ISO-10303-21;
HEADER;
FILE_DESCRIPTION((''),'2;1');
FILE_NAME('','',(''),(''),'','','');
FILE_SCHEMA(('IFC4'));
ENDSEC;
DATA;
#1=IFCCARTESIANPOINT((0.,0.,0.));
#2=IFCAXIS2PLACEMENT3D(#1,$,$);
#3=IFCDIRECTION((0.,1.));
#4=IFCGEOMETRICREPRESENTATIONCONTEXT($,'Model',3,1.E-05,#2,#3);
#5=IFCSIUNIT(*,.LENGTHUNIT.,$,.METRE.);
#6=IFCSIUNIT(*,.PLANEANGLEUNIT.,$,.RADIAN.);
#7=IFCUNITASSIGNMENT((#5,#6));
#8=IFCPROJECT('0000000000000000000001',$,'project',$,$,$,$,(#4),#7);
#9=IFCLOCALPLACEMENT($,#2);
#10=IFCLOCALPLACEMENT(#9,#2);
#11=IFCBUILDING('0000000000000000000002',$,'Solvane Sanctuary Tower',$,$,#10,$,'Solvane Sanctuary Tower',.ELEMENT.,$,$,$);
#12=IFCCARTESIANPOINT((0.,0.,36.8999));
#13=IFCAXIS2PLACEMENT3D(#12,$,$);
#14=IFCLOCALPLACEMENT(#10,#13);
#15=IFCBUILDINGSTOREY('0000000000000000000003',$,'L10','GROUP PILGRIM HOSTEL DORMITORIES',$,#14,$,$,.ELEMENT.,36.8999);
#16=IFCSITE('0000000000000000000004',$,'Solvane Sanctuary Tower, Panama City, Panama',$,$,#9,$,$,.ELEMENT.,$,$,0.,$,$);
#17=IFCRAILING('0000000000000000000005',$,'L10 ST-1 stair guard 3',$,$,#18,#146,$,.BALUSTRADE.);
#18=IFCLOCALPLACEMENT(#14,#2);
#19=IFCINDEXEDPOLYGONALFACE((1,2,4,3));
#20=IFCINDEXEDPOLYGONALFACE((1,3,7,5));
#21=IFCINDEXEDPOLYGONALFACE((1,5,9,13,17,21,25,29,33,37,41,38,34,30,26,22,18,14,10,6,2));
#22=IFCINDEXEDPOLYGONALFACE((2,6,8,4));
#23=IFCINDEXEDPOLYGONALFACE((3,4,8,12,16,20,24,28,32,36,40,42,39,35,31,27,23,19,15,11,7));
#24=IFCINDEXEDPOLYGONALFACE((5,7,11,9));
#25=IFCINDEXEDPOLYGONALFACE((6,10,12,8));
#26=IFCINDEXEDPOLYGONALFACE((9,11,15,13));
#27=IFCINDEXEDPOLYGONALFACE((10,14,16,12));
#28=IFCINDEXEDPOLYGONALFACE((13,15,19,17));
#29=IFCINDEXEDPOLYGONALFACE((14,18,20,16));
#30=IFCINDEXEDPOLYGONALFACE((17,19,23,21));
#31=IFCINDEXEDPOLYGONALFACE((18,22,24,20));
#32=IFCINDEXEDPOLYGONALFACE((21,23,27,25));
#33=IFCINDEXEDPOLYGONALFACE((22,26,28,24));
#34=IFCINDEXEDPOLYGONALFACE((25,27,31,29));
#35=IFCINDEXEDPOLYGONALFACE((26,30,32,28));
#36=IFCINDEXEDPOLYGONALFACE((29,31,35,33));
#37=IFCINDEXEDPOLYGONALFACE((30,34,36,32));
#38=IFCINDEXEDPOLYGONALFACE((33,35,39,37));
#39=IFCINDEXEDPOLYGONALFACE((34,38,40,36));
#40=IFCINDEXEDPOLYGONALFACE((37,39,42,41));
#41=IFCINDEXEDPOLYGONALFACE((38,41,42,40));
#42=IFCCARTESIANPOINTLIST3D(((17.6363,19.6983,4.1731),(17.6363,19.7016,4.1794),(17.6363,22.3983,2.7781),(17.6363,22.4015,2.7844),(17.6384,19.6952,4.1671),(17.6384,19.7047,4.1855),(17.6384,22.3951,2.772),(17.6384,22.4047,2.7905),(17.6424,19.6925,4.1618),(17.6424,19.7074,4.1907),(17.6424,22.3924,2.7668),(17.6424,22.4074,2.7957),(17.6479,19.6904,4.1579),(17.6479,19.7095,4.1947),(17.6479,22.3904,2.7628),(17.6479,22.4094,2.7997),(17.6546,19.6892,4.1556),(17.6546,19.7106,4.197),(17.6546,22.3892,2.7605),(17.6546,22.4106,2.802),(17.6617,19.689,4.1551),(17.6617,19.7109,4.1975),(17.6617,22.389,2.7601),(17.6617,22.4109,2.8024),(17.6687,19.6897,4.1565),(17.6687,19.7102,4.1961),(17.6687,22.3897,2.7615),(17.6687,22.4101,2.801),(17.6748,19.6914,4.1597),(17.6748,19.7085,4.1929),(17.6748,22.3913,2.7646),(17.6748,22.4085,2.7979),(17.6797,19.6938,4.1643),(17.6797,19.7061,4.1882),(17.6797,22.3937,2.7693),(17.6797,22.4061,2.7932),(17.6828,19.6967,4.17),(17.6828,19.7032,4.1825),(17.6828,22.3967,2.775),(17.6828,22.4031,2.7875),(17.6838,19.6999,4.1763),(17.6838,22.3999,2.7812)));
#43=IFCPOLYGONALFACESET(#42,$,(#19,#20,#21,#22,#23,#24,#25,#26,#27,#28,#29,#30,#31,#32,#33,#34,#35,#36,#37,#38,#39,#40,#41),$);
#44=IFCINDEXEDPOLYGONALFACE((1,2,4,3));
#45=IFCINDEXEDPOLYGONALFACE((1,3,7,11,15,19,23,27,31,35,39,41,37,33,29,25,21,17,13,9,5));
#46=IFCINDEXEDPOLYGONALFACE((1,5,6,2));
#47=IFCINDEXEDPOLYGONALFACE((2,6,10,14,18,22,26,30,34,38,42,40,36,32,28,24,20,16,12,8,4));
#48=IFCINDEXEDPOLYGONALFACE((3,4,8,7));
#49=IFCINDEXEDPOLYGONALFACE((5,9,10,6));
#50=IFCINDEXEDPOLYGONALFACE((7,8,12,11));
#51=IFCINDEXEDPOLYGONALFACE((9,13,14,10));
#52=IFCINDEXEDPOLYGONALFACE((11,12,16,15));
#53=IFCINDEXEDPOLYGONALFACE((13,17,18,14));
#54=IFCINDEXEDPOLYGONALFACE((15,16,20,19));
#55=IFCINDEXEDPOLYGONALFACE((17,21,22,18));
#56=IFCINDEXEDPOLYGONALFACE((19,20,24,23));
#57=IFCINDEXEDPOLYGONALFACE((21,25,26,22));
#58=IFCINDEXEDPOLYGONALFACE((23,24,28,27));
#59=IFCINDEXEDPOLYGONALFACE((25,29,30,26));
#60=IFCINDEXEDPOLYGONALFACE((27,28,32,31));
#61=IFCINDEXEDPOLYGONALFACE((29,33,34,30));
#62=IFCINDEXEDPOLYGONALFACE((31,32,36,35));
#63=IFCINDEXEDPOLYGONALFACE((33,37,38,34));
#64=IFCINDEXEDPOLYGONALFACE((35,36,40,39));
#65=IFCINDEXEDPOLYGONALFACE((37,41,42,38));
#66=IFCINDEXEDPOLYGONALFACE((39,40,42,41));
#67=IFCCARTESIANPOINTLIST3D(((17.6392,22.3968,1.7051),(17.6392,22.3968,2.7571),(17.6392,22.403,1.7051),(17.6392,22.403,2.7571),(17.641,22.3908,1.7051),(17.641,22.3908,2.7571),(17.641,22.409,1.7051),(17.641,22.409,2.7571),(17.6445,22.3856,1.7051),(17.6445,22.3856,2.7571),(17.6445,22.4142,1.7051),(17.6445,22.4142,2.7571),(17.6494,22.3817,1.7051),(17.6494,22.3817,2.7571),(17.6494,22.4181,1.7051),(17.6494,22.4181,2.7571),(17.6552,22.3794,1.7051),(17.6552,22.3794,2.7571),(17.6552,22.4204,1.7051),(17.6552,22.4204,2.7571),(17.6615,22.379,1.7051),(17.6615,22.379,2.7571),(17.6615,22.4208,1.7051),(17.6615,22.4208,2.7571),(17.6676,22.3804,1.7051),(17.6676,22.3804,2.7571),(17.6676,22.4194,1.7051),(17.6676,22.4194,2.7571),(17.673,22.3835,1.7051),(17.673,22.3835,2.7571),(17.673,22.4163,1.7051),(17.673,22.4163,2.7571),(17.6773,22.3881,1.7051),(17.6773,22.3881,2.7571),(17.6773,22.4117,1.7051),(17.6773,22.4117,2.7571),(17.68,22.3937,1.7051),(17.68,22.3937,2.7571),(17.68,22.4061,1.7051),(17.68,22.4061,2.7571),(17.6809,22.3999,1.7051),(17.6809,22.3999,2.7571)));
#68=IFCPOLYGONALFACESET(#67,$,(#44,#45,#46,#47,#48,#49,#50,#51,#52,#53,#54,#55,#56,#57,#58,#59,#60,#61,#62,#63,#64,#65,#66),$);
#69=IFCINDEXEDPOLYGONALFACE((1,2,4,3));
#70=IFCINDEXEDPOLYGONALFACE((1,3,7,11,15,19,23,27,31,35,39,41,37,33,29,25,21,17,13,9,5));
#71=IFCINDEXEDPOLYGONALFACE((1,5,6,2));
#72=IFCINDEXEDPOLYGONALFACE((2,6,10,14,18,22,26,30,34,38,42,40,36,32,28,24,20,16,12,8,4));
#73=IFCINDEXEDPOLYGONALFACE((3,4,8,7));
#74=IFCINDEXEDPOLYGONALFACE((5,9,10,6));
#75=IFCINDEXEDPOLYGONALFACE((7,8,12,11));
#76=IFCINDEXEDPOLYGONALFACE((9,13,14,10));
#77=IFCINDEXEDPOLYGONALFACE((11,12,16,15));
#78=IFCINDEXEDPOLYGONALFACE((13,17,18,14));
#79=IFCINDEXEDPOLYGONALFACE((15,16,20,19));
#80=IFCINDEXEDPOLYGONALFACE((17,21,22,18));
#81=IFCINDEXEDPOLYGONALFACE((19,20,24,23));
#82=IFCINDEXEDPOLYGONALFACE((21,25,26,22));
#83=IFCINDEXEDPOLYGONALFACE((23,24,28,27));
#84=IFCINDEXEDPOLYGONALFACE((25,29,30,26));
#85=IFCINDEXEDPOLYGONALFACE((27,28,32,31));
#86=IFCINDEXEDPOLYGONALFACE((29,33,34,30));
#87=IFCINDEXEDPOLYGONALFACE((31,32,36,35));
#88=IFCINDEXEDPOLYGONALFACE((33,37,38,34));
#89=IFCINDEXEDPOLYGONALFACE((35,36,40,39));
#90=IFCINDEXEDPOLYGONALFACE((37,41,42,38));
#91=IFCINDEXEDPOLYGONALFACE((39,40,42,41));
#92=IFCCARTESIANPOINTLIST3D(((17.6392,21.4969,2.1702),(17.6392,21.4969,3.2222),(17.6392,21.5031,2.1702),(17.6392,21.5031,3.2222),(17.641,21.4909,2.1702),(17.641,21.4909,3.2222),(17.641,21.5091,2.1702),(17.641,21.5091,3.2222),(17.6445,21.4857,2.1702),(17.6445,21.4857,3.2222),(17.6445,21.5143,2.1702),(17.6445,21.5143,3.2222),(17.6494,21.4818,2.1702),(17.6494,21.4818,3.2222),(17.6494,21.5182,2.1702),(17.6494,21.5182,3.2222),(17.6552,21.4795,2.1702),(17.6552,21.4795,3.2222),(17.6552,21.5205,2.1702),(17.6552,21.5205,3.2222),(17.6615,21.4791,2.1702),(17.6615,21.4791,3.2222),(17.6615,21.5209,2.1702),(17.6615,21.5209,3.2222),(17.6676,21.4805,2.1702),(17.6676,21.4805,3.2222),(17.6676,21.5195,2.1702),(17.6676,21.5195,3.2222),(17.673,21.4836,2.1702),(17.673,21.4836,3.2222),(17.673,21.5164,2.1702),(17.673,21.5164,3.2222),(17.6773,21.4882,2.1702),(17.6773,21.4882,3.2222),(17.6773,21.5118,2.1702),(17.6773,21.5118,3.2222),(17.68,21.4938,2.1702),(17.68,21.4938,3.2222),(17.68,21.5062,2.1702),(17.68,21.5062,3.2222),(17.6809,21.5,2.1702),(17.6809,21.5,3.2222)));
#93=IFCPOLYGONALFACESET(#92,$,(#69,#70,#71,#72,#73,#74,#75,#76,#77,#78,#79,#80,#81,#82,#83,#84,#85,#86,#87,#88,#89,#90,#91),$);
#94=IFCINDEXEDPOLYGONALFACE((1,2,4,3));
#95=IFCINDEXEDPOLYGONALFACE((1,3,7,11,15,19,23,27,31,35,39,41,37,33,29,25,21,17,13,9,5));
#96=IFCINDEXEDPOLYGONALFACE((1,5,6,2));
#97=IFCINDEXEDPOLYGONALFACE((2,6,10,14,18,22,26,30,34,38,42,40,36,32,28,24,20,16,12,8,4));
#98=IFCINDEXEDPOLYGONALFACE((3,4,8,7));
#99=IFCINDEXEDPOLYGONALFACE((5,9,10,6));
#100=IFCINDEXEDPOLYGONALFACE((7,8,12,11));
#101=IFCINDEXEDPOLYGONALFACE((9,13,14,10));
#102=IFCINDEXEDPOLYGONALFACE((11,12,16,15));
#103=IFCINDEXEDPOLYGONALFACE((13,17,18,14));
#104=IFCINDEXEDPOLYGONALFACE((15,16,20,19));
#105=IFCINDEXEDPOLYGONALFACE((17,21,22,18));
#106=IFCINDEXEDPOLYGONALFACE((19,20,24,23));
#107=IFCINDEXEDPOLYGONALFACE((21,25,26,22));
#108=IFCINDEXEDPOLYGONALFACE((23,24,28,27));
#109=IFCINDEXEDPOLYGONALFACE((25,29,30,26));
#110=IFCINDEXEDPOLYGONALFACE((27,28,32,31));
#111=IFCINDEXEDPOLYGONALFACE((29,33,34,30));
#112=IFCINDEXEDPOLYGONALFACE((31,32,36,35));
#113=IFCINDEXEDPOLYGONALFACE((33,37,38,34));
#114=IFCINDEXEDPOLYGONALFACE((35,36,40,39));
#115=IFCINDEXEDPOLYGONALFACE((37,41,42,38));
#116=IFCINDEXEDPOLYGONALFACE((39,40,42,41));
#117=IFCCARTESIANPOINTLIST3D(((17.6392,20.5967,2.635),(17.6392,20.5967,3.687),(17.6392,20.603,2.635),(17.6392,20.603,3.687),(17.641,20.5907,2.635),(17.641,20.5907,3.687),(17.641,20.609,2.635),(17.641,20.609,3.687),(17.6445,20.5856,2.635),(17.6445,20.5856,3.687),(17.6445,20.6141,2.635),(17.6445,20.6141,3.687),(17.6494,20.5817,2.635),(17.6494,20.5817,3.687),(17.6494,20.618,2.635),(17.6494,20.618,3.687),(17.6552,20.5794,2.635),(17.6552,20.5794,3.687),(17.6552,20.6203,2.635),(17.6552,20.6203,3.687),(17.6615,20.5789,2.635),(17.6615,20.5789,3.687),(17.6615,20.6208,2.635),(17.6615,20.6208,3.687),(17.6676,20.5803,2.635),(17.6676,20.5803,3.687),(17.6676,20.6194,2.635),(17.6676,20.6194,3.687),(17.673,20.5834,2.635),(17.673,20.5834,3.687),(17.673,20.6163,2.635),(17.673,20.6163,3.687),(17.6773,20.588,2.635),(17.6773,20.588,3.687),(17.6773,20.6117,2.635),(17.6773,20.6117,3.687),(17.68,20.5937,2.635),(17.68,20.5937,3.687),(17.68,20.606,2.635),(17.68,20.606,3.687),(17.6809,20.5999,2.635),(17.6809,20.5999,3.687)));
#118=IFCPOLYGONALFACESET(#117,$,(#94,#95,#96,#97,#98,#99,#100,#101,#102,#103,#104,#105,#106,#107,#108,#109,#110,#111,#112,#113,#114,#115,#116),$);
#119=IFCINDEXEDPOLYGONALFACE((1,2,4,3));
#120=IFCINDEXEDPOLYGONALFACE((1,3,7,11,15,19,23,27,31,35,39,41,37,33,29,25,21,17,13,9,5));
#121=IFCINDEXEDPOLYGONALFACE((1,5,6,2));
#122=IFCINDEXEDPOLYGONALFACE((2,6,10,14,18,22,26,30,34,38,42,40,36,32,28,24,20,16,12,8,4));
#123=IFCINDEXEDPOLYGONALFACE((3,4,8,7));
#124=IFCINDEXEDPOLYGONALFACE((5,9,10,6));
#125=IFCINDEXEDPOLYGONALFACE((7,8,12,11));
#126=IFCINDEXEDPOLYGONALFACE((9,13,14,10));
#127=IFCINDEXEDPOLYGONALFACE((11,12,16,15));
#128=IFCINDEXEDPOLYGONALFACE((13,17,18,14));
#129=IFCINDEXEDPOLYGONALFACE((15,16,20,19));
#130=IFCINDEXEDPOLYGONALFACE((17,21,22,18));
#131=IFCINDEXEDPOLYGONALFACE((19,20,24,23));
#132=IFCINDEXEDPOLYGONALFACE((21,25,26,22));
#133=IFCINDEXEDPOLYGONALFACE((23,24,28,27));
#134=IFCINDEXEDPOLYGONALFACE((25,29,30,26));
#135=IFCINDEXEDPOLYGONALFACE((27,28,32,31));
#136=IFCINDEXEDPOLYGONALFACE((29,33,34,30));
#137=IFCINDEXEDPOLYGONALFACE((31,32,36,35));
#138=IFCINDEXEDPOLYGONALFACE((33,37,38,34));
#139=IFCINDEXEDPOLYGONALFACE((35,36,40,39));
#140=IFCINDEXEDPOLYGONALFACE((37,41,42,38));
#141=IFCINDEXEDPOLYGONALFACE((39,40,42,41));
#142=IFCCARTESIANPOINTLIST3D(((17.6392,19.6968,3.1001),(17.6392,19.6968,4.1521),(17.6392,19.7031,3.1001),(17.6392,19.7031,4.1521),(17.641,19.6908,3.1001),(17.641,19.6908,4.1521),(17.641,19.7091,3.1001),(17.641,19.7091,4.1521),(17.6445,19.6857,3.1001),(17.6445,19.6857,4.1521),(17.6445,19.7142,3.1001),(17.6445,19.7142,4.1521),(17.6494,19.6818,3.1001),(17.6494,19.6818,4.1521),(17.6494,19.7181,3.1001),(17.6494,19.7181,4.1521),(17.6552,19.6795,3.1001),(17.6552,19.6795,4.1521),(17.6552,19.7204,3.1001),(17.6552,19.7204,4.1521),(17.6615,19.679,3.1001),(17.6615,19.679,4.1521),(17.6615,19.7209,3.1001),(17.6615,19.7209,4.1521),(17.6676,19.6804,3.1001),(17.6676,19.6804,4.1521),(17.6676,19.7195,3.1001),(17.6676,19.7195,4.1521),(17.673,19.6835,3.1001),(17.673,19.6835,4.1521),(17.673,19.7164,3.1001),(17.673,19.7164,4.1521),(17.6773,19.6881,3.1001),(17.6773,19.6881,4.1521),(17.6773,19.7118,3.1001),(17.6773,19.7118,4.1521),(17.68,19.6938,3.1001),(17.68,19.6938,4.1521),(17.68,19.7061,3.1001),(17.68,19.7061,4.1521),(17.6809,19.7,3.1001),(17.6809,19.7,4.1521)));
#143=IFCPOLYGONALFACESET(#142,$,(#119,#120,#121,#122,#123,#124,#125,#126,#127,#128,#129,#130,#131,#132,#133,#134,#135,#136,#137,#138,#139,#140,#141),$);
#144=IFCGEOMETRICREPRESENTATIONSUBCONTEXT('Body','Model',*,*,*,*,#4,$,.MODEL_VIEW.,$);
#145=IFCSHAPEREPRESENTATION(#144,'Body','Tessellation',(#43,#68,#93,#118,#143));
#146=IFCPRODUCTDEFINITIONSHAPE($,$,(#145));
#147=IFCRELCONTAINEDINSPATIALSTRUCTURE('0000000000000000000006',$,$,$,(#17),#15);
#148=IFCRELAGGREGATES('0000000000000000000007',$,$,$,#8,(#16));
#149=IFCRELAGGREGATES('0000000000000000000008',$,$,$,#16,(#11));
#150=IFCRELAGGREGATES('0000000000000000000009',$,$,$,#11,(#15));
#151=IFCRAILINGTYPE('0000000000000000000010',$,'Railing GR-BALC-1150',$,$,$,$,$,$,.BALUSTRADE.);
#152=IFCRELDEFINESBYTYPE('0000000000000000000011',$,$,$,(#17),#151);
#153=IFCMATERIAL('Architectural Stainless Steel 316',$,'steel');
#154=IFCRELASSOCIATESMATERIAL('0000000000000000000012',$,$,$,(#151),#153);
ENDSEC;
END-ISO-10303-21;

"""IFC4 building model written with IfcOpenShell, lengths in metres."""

from ifc_helpers import new_model, si_unit, direction, frame, origin, origin_2d, place, context, subcontext, project, spatial, circle, extrude, material, type_object, element, save


model = new_model("IFC4")

# Units and contexts
model_context = context("Model", 3, precision=1e-05, world=origin(), true_north=direction((0.0, 1.0)))
body_context = subcontext(model_context, "Body", "Model", "MODEL_VIEW")
ifc_project = project(units=[si_unit("LENGTHUNIT", "METRE"), si_unit("PLANEANGLEUNIT", "RADIAN")], contexts=[model_context])

# Site, building, storey
site_placement = place(None, origin())
site = spatial("IfcSite", under=ifc_project, at=site_placement, Name="Solvane Sanctuary Tower, Panama City, Panama", CompositionType="ELEMENT", RefElevation=0.0)
building_placement = place(site_placement, origin())
building = spatial("IfcBuilding", under=site, at=building_placement, Name="Solvane Sanctuary Tower", LongName="Solvane Sanctuary Tower", CompositionType="ELEMENT")
storey_placement = place(building_placement, frame((0.0, 0.0, 36.8999)))
storey = spatial("IfcBuildingStorey", under=building, at=storey_placement, Name="L10", Description="GROUP PILGRIM HOSTEL DORMITORIES", CompositionType="ELEMENT", Elevation=36.8999)

# Railing
ifc_material_1 = material(Name="Architectural Stainless Steel 316", Category="steel")
railing_type_1 = type_object("IfcRailingType", Name="Railing GR-BALC-1150", PredefinedType="BALUSTRADE", material=ifc_material_1)
railing_1_placement = place(storey_placement, frame((17.6599, 22.3999, 1.7051)))
element("IfcRailing", 1, at=railing_1_placement, inside=storey, type_object=railing_type_1, Name="L10 ST-1 stair guard 3", PredefinedType="BALUSTRADE", context=body_context, shape_type="SweptSolid", body=[
    extrude(circle(Radius=0.0239, at=origin_2d()), frame((0.0, 0.0, 1.0762), z_axis=(0.0, -0.88842, 0.459032), x_axis=(1.0, 0.0, 0.0)), (0.0, 0.0, 1.0), 3.0391),
    extrude(circle(Radius=0.021, at=origin_2d()), origin(), (0.0, 0.0, 1.0), 1.052),
    extrude(circle(Radius=0.021, at=origin_2d()), frame((0.0, -0.8999, 0.4651)), (0.0, 0.0, 1.0), 1.052),
    extrude(circle(Radius=0.021, at=origin_2d()), frame((0.0, -1.8, 0.9299)), (0.0, 0.0, 1.0), 1.052),
    extrude(circle(Radius=0.021, at=origin_2d()), frame((0.0, -2.7, 1.395)), (0.0, 0.0, 1.0), 1.052),
])

save(model, "model.ifc")
